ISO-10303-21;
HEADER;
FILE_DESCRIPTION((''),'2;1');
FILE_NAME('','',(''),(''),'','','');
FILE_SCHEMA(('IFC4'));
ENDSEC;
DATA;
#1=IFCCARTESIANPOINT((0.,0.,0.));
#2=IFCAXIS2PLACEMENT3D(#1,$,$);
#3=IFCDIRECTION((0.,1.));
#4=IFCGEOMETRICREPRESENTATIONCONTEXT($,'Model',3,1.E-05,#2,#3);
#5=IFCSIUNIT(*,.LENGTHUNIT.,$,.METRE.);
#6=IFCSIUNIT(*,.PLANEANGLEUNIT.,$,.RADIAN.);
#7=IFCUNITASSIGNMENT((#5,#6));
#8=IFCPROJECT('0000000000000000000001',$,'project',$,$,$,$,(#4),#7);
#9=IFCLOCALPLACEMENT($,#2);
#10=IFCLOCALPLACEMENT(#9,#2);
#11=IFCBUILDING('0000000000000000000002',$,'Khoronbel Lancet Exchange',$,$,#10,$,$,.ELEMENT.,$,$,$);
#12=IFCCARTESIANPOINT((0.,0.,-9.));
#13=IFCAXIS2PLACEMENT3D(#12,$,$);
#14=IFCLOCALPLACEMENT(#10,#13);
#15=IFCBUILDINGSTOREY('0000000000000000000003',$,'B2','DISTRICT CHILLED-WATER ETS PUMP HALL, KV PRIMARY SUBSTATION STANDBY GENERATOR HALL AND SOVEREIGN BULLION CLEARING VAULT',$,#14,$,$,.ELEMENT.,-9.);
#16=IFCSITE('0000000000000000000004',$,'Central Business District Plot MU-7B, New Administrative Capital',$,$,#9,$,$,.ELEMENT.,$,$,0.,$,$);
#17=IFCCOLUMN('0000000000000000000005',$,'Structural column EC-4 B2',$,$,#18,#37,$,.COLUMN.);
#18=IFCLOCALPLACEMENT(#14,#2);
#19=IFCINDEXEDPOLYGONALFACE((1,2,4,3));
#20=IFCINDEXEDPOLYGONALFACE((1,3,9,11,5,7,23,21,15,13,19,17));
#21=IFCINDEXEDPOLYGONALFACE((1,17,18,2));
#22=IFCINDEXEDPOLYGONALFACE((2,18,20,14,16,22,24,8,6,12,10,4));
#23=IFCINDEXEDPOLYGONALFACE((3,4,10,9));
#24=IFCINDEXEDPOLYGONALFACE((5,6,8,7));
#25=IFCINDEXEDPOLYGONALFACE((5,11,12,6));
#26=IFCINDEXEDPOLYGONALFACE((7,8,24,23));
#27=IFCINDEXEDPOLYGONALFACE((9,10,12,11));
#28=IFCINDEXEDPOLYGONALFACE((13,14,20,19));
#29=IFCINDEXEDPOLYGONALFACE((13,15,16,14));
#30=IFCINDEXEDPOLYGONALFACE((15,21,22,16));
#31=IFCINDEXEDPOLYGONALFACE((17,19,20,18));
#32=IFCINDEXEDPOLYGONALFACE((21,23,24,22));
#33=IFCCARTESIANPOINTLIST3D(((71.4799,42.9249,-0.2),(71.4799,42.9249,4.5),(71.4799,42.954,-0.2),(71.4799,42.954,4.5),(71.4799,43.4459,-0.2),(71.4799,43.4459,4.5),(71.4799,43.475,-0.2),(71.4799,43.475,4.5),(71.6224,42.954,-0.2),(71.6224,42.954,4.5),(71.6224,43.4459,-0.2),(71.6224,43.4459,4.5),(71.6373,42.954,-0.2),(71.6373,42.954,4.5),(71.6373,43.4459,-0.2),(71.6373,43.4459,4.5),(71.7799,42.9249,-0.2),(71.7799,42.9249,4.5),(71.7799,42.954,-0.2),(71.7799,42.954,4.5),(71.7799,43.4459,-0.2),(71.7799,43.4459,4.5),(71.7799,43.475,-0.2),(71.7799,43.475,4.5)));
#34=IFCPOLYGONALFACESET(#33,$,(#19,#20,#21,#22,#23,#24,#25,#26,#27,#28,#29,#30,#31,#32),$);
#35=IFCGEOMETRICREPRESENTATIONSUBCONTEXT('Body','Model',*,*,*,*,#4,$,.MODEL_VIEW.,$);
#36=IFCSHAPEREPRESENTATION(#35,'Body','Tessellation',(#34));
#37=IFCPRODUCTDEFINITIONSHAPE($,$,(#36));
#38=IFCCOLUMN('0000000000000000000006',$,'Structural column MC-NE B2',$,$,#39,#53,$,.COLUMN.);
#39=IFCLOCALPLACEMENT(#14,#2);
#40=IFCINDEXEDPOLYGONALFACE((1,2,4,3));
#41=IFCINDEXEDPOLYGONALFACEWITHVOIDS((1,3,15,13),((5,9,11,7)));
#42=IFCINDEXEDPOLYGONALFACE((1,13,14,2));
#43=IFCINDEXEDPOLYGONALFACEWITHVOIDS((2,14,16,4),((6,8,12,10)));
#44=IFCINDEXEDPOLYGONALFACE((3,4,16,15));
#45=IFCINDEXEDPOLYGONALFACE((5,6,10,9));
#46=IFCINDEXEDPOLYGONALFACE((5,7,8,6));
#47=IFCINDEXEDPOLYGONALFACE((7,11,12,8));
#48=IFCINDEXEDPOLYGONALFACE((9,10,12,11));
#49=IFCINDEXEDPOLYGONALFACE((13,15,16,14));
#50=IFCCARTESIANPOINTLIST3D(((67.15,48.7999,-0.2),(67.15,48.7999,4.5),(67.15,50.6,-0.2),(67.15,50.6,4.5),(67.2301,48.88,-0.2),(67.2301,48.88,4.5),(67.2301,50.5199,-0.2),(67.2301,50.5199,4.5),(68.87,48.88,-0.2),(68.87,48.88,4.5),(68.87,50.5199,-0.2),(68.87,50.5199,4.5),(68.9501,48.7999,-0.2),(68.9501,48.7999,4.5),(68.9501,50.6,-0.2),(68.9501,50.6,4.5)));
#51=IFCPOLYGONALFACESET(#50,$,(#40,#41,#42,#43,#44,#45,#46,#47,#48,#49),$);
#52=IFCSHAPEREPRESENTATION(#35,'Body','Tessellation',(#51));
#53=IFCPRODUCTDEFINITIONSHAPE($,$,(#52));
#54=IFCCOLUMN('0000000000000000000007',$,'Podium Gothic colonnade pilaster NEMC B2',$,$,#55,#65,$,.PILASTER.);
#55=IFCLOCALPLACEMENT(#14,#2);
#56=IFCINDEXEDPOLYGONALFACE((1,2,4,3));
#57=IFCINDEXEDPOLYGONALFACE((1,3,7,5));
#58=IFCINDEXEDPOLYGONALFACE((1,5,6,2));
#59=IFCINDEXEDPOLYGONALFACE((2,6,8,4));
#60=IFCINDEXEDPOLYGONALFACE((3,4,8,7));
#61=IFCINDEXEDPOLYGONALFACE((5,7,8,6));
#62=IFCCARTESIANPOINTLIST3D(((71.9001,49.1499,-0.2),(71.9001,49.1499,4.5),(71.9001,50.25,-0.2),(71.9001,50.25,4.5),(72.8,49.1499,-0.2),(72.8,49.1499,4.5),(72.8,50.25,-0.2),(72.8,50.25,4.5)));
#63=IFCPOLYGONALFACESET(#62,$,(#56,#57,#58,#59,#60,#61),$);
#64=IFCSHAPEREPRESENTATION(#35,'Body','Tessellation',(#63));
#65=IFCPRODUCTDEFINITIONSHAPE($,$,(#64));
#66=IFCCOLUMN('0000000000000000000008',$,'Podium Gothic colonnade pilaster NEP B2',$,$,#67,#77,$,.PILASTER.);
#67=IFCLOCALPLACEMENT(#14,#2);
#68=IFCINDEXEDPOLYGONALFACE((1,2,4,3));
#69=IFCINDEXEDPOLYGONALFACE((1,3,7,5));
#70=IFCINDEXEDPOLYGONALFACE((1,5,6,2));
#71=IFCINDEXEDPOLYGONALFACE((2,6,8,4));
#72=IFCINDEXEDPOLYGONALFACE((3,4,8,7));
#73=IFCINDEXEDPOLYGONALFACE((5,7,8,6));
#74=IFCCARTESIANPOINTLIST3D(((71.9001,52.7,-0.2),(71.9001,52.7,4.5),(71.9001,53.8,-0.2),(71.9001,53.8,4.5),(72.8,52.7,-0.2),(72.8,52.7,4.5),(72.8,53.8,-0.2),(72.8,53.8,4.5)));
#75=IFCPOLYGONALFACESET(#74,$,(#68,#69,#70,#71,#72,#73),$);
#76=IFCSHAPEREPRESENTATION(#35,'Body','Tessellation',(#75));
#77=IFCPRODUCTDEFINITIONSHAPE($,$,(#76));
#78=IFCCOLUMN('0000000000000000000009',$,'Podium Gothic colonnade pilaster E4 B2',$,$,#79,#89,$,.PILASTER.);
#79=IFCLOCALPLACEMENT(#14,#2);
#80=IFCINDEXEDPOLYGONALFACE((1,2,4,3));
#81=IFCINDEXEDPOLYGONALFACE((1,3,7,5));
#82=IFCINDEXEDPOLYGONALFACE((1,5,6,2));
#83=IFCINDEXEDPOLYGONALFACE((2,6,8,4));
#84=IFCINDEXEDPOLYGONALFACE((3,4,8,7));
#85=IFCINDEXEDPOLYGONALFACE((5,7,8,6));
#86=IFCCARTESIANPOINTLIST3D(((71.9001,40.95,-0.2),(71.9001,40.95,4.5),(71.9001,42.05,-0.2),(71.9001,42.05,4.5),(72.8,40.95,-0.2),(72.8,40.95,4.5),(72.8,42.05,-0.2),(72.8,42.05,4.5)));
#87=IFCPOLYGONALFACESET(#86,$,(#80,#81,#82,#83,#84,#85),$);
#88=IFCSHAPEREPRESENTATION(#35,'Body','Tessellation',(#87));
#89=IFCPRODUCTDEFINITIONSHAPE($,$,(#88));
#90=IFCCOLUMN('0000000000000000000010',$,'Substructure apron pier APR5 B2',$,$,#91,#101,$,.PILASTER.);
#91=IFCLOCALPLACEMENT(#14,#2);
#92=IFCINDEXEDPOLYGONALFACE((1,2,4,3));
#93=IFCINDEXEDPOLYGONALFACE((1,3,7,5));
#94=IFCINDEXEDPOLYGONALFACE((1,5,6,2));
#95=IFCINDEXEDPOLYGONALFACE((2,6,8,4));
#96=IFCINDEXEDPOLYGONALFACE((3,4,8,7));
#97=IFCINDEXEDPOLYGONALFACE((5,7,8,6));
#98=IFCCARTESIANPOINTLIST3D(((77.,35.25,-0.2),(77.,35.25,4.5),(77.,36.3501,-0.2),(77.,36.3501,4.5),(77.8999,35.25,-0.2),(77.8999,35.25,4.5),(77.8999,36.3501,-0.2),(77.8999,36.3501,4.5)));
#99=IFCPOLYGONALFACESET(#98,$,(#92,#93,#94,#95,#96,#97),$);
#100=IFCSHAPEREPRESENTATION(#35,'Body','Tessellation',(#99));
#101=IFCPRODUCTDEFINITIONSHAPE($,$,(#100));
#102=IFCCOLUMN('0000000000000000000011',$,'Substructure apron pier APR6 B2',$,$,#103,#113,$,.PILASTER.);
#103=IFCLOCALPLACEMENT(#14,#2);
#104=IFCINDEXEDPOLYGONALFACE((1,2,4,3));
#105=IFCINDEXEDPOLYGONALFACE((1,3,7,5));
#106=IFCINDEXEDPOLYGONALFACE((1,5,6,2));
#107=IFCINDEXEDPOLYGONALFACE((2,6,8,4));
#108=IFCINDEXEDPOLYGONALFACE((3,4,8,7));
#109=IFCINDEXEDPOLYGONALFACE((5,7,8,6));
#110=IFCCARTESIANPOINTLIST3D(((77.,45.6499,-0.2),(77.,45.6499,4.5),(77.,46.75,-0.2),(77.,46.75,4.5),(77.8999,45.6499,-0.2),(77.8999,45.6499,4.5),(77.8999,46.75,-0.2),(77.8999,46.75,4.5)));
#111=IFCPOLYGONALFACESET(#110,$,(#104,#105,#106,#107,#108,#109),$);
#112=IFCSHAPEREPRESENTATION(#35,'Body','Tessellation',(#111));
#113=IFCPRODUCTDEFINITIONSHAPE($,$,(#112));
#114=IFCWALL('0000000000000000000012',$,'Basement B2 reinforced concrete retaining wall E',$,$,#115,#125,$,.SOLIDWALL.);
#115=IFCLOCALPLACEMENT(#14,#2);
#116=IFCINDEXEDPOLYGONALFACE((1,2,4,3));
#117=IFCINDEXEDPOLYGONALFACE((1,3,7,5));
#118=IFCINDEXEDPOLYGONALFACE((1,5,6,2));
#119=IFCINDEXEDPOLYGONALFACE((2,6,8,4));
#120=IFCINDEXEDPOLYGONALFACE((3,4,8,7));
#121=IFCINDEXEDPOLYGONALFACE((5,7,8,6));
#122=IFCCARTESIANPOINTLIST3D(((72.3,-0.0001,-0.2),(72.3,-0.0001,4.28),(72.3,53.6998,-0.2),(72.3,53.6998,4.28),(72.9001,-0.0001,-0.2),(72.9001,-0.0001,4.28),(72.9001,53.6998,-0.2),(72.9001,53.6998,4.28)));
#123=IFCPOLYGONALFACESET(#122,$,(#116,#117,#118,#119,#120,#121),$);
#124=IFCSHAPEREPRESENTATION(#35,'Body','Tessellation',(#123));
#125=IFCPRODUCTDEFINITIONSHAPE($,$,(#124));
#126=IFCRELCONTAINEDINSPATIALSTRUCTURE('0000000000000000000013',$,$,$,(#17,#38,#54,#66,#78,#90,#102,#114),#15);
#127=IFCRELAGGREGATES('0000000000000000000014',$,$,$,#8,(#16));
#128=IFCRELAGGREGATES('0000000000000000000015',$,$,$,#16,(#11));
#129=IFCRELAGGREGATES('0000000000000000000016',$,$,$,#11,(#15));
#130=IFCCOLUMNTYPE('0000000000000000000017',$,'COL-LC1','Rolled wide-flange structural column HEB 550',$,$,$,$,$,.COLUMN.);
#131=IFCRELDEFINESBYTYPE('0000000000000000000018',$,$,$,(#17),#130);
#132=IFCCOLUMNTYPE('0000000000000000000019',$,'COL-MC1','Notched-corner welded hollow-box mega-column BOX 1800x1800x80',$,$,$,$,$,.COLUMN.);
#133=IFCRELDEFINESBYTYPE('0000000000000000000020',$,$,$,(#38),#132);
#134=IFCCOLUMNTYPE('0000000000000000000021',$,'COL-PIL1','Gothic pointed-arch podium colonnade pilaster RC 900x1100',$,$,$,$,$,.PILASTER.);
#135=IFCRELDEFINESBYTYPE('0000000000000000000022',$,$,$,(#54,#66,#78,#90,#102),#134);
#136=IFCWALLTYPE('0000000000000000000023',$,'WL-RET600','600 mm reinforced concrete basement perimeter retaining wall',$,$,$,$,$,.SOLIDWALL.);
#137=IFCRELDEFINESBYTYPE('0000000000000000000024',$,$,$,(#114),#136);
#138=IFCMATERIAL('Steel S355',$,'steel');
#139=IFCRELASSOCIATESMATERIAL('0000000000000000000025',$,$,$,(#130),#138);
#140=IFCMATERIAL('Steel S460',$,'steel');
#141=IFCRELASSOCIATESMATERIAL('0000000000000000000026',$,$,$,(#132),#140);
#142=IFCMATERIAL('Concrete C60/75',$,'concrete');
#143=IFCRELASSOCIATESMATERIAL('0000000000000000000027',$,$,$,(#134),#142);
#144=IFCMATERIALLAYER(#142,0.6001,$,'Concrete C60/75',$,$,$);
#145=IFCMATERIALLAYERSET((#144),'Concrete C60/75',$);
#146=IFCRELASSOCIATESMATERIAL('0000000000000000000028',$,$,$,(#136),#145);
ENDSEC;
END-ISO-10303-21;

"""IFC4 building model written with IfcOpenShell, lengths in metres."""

from ifc_helpers import new_model, si_unit, direction, frame, frame_2d, origin, origin_2d, place, context, subcontext, project, spatial, rectangle, hollow_rectangle, i_section, extrude, material, layer, layer_set, material_profile, profile_set, type_object, element, save


model = new_model("IFC4")

# Units and contexts
model_context = context("Model", 3, precision=1e-05, world=origin(), true_north=direction((0.0, 1.0)))
body_context = subcontext(model_context, "Body", "Model", "MODEL_VIEW")
ifc_project = project(units=[si_unit("LENGTHUNIT", "METRE"), si_unit("PLANEANGLEUNIT", "RADIAN")], contexts=[model_context])

# Site, building, storey
site_placement = place(None, origin())
site = spatial("IfcSite", under=ifc_project, at=site_placement, Name="Central Business District Plot MU-7B, New Administrative Capital", CompositionType="ELEMENT", RefElevation=0.0)
building_placement = place(site_placement, origin())
building = spatial("IfcBuilding", under=site, at=building_placement, Name="Khoronbel Lancet Exchange", CompositionType="ELEMENT")
storey_placement = place(building_placement, frame((0.0, 0.0, -9.0)))
storey = spatial("IfcBuildingStorey", under=building, at=storey_placement, Name="B2", Description="DISTRICT CHILLED-WATER ETS PUMP HALL, KV PRIMARY SUBSTATION STANDBY GENERATOR HALL AND SOVEREIGN BULLION CLEARING VAULT", CompositionType="ELEMENT", Elevation=-9.0)

# Columns
ifc_material_1 = material(Name="Steel S355", Category="steel")
ifc_material_profile_1 = material_profile(ifc_material_1, i_section(OverallWidth=0.3, OverallDepth=0.55, WebThickness=0.0149, FlangeThickness=0.0291, at=origin_2d()), Name="HEB 550")
ifc_profile_set_1 = profile_set([ifc_material_profile_1], Name="Steel S355")
column_type_1 = type_object("IfcColumnType", Name="COL-LC1", Description="Rolled wide-flange structural column HEB 550", PredefinedType="COLUMN", material=ifc_profile_set_1)
for number, where, z_axis, x_axis, name in (
    (1, (71.6299, 43.2, -0.2), (0.0, 0.0, 1.0), (1.0, 0.0, 0.0), "Structural column EC-4 B2"),
):
    element("IfcColumn", number, at=place(storey_placement, frame(where, z_axis=z_axis, x_axis=x_axis)), inside=storey, type_object=column_type_1, Name=name, PredefinedType="COLUMN", context=body_context, shape_type="SweptSolid", body=[
        extrude(i_section(OverallWidth=0.3, OverallDepth=0.55, WebThickness=0.0149, FlangeThickness=0.0291, at=origin_2d()), origin(), (0.0, 0.0, 1.0), 4.7),
    ])
ifc_material_2 = material(Name="Steel S460", Category="steel")
ifc_material_profile_2 = material_profile(ifc_material_2, hollow_rectangle(XDim=1.8, YDim=1.8, WallThickness=0.0801, at=origin_2d()), Name="BOX 1800x1800x80")
ifc_profile_set_2 = profile_set([ifc_material_profile_2], Name="Steel S460")
column_type_2 = type_object("IfcColumnType", Name="COL-MC1", Description="Notched-corner welded hollow-box mega-column BOX 1800x1800x80", PredefinedType="COLUMN", material=ifc_profile_set_2)
column_placement = place(storey_placement, frame((68.05, 49.7, -0.2), z_axis=(0.0, 0.0, 1.0), x_axis=(1.0, 0.0, 0.0)))
element("IfcColumn", 2, at=column_placement, inside=storey, type_object=column_type_2, Name="Structural column MC-NE B2", PredefinedType="COLUMN", context=body_context, shape_type="SweptSolid", body=[
    extrude(hollow_rectangle(XDim=1.8, YDim=1.8, WallThickness=0.0801, at=origin_2d()), origin(), (0.0, 0.0, 1.0), 4.7),
])
ifc_material_3 = material(Name="Concrete C60/75", Category="concrete")
ifc_material_profile_3 = material_profile(ifc_material_3, rectangle(XDim=0.8999, YDim=1.1001, at=origin_2d()), Name="RC 900x1100")
ifc_profile_set_3 = profile_set([ifc_material_profile_3], Name="Concrete C60/75")
column_type_3 = type_object("IfcColumnType", Name="COL-PIL1", Description="Gothic pointed-arch podium colonnade pilaster RC 900x1100", PredefinedType="PILASTER", material=ifc_profile_set_3)
for number, where, z_axis, x_axis, name in (
    (3, (72.3501, 49.7, -0.2), (0.0, 0.0, 1.0), (1.0, 0.0, 0.0), "Podium Gothic colonnade pilaster NEMC B2"),
    (4, (72.3501, 53.25, -0.2), (0.0, 0.0, 1.0), (1.0, 0.0, 0.0), "Podium Gothic colonnade pilaster NEP B2"),
    (5, (72.3501, 41.5, -0.2), (0.0, 0.0, 1.0), (1.0, 0.0, 0.0), "Podium Gothic colonnade pilaster E4 B2"),
    (6, (77.45, 35.8, -0.2), (0.0, 0.0, 1.0), (1.0, 0.0, 0.0), "Substructure apron pier APR5 B2"),
    (7, (77.45, 46.2, -0.2), (0.0, 0.0, 1.0), (1.0, 0.0, 0.0), "Substructure apron pier APR6 B2"),
):
    element("IfcColumn", number, at=place(storey_placement, frame(where, z_axis=z_axis, x_axis=x_axis)), inside=storey, type_object=column_type_3, Name=name, PredefinedType="PILASTER", context=body_context, shape_type="SweptSolid", body=[
        extrude(rectangle(XDim=0.8999, YDim=1.1001, at=origin_2d()), origin(), (0.0, 0.0, 1.0), 4.7),
    ])

# Wall
ifc_layer = layer(ifc_material_3, 0.6001, Name="Concrete C60/75")
ifc_layer_set = layer_set([ifc_layer], Name="Concrete C60/75")
wall_type = type_object("IfcWallType", Name="WL-RET600", Description="600 mm reinforced concrete basement perimeter retaining wall", PredefinedType="SOLIDWALL", material=ifc_layer_set)
wall_placement = place(storey_placement, frame((72.6001, 53.7, -0.2), z_axis=(0.0, 0.0, 1.0), x_axis=(0.0, -1.0, 0.0)))
element("IfcWall", 8, at=wall_placement, inside=storey, type_object=wall_type, Name="Basement B2 reinforced concrete retaining wall E", PredefinedType="SOLIDWALL", context=body_context, shape_type="SweptSolid", body=[
    extrude(rectangle(XDim=53.7, YDim=0.6001, at=frame_2d((26.8501, 0.0))), origin(), (0.0, 0.0, 1.0), 4.48),
])

save(model, "model.ifc")
